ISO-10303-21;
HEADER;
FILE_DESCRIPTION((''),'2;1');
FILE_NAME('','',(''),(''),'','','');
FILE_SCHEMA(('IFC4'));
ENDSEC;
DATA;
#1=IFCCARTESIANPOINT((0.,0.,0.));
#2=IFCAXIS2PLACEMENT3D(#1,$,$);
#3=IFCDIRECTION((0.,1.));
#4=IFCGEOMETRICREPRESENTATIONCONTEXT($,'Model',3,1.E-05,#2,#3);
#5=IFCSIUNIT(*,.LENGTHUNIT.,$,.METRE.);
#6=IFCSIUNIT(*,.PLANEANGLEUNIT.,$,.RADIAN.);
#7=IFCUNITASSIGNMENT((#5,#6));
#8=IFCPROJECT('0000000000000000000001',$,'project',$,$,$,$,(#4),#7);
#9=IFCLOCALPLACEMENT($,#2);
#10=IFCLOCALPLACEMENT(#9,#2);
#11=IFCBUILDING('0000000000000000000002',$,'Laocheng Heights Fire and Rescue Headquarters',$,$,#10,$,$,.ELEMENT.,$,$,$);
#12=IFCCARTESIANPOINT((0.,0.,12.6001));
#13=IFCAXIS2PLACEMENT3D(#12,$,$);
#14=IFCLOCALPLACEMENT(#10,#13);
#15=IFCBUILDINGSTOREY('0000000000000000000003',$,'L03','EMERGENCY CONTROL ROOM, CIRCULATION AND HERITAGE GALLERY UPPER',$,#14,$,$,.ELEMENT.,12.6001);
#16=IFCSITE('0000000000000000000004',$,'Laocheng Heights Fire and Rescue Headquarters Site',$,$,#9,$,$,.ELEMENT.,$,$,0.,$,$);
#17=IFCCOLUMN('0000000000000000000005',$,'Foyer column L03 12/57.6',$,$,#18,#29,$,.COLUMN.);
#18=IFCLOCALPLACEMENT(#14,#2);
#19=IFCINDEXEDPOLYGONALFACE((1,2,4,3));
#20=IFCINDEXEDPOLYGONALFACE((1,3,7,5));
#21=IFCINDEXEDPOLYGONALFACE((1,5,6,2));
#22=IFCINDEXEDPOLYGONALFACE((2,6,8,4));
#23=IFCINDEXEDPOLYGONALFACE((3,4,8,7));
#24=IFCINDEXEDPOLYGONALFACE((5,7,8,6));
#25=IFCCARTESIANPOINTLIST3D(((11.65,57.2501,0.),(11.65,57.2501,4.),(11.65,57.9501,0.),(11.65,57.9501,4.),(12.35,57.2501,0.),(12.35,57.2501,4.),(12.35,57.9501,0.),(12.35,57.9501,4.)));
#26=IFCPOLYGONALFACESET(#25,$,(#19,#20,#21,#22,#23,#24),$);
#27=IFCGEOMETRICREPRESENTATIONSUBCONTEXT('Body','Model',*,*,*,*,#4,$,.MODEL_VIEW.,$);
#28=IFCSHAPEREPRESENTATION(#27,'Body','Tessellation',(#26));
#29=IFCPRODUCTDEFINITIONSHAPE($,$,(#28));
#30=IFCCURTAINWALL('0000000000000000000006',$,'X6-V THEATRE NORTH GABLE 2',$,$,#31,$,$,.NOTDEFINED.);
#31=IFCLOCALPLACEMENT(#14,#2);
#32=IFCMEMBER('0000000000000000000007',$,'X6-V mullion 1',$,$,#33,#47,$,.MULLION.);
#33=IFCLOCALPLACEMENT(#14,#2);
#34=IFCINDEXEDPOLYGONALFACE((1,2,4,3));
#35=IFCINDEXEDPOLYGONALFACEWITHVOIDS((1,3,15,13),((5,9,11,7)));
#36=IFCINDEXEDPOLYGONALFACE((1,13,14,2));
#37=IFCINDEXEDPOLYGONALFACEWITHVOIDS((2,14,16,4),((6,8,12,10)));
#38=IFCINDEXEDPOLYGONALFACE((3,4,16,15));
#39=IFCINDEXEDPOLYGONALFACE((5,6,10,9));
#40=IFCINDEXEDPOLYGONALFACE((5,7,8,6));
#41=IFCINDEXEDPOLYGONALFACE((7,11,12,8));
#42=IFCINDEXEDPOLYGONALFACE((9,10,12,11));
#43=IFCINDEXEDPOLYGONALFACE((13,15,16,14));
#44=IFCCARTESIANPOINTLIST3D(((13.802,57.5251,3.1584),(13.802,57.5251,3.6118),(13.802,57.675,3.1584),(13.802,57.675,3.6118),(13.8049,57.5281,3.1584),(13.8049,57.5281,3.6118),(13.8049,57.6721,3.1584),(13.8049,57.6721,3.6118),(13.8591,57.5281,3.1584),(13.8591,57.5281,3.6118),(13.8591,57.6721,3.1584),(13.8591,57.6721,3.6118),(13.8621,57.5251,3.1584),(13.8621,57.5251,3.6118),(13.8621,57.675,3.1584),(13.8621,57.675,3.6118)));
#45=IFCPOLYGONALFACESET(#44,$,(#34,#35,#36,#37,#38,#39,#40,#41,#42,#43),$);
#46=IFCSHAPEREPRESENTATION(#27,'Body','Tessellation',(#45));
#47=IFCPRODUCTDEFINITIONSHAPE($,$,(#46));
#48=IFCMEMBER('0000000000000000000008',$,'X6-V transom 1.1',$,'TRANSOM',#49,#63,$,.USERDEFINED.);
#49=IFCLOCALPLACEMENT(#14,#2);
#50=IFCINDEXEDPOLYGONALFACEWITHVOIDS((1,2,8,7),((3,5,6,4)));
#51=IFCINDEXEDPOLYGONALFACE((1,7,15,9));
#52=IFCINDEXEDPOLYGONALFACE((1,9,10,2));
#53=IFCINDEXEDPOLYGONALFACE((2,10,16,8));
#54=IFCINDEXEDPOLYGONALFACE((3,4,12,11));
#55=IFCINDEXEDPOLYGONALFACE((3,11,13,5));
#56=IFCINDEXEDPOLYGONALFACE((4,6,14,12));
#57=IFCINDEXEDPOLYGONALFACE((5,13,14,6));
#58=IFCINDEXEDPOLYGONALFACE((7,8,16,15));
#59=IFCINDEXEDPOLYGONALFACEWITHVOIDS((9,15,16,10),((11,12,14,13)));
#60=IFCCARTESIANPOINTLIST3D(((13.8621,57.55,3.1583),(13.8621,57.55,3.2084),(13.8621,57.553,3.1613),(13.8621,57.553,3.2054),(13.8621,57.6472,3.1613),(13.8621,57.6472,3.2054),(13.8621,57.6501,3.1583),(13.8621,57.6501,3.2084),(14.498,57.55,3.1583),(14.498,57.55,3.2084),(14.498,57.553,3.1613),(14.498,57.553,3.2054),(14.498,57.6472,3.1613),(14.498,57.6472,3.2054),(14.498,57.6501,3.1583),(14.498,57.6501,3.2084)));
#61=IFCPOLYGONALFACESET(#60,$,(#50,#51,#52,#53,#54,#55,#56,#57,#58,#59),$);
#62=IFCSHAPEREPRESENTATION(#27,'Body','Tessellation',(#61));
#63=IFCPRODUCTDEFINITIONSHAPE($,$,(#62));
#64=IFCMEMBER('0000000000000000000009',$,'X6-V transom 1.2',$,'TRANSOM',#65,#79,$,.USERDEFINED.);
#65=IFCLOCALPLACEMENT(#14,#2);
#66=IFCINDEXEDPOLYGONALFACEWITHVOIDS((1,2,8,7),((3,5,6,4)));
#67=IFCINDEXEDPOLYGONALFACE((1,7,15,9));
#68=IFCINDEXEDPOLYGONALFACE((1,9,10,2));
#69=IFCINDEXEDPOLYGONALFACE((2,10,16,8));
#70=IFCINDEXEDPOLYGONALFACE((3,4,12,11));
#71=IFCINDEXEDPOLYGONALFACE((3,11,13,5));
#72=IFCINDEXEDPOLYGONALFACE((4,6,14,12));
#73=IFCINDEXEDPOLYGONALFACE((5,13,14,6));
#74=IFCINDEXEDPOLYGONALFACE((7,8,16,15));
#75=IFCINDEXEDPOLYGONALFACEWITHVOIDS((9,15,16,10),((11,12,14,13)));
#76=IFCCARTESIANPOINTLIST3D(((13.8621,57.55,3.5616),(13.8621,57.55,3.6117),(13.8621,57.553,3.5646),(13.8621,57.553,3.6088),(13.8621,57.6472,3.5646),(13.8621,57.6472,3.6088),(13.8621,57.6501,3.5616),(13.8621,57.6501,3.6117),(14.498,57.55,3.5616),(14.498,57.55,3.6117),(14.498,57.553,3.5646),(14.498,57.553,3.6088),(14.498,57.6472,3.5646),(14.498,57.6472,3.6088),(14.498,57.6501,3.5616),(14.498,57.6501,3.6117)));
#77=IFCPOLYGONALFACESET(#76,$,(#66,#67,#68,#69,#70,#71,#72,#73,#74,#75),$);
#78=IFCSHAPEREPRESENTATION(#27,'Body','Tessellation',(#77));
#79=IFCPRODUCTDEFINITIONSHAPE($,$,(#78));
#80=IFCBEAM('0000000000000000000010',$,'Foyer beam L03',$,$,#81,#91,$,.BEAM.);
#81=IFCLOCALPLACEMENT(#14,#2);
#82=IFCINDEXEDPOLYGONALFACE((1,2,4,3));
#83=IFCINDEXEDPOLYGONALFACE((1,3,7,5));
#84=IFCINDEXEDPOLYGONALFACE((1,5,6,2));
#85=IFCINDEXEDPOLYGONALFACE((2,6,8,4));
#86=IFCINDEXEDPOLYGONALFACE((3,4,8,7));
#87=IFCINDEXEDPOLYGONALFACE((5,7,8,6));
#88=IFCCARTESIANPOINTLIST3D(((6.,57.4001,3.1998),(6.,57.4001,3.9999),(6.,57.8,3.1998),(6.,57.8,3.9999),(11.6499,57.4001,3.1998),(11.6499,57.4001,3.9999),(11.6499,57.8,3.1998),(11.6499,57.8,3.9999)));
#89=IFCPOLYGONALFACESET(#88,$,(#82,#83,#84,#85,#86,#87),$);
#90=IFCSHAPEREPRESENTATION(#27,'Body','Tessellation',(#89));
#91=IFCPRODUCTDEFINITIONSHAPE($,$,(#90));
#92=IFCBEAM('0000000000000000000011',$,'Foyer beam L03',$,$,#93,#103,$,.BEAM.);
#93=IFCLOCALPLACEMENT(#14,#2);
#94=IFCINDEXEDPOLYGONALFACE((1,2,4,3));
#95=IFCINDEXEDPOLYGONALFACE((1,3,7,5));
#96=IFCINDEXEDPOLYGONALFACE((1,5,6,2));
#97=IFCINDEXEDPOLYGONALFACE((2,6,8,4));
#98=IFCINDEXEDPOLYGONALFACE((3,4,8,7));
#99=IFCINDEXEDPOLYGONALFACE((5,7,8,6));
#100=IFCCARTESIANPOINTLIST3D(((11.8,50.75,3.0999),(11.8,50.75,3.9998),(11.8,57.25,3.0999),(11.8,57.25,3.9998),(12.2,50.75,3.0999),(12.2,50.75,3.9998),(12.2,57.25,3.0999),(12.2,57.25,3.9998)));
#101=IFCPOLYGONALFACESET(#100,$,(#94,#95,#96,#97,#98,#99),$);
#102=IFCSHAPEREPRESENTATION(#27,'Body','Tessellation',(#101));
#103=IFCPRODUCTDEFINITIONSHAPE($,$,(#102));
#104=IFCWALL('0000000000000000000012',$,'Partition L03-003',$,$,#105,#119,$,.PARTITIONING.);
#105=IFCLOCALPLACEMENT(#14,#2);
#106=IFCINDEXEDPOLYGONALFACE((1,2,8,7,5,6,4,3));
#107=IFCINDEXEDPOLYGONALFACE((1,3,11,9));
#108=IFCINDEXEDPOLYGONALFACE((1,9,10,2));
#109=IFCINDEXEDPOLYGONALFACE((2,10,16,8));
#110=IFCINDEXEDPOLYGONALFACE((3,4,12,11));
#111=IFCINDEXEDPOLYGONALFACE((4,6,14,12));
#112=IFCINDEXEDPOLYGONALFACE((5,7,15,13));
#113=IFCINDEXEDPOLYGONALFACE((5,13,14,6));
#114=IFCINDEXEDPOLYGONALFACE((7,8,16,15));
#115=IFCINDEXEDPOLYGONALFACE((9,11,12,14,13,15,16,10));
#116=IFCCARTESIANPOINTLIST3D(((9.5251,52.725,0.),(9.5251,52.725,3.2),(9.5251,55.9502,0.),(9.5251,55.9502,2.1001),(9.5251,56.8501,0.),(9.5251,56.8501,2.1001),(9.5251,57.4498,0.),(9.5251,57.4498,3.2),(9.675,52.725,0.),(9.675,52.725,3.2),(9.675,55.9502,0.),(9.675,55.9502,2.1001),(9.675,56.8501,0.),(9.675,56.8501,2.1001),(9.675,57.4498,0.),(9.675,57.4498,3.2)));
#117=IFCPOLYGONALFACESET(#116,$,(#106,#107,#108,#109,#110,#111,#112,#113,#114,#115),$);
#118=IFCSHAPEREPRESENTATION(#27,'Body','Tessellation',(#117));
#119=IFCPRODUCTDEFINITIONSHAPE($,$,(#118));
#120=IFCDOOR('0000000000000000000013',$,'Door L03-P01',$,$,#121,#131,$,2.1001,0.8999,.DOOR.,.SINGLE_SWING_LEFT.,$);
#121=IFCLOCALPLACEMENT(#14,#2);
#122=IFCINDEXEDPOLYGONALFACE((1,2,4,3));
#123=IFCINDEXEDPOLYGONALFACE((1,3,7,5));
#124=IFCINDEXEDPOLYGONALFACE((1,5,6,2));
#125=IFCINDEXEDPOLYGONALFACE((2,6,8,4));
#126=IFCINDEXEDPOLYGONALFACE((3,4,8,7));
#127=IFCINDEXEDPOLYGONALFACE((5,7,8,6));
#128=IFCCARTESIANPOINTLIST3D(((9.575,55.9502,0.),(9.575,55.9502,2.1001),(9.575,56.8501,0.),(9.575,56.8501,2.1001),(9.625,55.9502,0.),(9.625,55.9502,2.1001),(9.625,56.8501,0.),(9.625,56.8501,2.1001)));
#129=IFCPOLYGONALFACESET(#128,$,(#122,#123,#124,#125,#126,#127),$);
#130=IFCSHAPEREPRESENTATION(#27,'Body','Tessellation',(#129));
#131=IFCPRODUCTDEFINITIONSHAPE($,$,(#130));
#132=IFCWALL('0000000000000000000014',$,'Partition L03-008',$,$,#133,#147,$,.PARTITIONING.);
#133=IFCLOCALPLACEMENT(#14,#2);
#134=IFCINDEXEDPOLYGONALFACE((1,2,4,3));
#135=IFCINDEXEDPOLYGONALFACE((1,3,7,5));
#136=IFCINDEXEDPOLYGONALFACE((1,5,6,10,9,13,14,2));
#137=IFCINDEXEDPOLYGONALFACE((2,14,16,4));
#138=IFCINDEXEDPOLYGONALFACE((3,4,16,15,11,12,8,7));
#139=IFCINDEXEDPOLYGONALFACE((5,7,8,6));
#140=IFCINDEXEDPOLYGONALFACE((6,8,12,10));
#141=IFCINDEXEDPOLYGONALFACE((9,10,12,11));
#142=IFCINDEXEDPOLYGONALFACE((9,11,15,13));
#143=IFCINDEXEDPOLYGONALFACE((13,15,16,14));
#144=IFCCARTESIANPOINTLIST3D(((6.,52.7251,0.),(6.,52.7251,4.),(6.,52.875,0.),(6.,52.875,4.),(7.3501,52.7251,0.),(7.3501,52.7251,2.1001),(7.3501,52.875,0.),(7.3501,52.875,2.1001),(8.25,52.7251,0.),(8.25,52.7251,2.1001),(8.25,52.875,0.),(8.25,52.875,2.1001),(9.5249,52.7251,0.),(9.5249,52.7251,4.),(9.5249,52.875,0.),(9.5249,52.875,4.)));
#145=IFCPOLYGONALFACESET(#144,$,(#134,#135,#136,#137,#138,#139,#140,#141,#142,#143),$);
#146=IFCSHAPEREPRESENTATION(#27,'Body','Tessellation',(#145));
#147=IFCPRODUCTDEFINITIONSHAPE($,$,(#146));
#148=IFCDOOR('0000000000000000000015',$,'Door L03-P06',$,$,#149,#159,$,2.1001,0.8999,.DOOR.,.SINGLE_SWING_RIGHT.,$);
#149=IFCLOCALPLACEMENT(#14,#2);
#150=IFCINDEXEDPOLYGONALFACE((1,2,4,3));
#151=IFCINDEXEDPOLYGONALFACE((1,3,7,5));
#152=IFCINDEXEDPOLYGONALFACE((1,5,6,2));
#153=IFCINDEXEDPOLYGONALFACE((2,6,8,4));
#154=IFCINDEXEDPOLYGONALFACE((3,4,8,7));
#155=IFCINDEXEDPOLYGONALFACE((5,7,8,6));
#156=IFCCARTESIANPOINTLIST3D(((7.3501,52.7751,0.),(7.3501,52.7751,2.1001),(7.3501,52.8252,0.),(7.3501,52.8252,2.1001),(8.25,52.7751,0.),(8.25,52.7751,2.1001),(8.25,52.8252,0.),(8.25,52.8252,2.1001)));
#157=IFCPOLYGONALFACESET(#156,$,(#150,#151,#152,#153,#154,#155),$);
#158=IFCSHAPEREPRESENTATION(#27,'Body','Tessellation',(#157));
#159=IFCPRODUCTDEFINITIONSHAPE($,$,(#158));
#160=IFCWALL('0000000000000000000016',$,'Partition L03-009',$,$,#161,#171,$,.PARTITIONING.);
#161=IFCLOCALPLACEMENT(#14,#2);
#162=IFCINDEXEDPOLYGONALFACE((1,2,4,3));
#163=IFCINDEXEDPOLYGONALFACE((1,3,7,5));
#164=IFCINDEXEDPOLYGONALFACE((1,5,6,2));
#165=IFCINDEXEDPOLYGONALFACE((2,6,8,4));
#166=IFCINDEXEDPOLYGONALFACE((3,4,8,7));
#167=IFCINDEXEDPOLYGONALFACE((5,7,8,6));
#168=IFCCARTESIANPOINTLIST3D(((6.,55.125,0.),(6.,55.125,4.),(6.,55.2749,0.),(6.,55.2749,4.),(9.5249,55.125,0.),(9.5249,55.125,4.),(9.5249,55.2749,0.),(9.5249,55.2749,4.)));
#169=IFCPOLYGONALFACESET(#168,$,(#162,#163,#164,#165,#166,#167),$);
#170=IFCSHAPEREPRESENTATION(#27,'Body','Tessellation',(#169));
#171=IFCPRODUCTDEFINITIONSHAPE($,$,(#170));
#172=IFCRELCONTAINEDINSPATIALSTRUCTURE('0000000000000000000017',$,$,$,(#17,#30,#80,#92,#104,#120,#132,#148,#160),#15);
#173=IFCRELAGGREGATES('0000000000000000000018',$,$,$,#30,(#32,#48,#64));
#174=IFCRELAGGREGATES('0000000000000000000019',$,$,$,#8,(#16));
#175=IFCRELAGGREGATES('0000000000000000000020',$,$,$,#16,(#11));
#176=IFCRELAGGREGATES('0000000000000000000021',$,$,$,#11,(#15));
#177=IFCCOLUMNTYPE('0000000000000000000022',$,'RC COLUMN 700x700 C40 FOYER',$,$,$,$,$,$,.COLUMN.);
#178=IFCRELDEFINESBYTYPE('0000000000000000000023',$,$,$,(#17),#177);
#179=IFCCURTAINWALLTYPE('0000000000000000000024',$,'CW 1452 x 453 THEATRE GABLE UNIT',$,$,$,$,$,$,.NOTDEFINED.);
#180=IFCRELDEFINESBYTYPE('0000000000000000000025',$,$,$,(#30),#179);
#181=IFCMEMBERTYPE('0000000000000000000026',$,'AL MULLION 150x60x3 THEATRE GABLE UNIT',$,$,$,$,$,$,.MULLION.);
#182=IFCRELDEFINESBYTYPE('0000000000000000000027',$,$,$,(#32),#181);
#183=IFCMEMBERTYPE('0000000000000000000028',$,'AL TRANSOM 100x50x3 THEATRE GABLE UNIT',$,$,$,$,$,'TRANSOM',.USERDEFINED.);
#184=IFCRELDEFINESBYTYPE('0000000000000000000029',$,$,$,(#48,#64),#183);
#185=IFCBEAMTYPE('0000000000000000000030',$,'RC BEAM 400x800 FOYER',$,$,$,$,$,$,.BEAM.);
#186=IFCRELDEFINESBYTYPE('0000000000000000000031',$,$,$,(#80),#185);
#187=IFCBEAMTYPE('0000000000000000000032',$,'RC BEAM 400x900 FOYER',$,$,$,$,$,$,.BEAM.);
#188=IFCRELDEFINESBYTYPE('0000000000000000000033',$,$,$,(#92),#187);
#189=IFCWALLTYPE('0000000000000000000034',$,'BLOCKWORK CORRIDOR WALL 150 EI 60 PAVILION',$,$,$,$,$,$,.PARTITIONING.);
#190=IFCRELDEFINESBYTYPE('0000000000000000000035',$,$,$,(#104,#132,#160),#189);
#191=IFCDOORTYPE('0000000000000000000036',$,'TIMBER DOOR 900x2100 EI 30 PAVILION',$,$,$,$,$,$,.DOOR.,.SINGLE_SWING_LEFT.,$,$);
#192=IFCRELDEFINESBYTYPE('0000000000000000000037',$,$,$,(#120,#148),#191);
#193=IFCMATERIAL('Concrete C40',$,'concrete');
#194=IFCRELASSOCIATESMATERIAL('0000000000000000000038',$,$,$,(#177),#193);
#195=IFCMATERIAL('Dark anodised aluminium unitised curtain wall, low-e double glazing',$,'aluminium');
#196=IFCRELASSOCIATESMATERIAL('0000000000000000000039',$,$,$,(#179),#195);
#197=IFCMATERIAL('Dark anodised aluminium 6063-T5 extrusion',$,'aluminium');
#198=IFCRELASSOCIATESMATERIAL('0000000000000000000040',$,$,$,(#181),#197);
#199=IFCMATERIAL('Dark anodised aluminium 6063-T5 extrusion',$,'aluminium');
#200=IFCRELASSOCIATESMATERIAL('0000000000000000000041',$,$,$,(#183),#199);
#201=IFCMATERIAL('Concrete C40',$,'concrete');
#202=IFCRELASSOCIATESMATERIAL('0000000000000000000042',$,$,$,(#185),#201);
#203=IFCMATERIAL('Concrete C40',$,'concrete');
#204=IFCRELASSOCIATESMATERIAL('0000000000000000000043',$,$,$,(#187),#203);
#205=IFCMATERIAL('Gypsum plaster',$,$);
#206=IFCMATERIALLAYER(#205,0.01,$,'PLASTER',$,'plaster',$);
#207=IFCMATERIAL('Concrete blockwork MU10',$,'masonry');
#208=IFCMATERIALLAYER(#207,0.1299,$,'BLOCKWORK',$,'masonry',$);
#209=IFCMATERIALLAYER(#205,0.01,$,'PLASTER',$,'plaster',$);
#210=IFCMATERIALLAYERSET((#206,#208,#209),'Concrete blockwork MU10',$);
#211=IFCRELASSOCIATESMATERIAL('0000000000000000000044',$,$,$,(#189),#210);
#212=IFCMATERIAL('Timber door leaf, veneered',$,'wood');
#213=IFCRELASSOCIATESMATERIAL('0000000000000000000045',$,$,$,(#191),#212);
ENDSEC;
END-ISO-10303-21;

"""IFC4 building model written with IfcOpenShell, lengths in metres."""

from ifc_helpers import new_model, si_unit, direction, frame, frame_2d, origin, origin_2d, place, context, subcontext, project, spatial, rectangle, hollow_rectangle, extrude, material, layer, layer_set, material_profile, profile_set, type_object, element, fill, aggregate, save


model = new_model("IFC4")

# Units and contexts
model_context = context("Model", 3, precision=1e-05, world=origin(), true_north=direction((0.0, 1.0)))
body_context = subcontext(model_context, "Body", "Model", "MODEL_VIEW")
ifc_project = project(units=[si_unit("LENGTHUNIT", "METRE"), si_unit("PLANEANGLEUNIT", "RADIAN")], contexts=[model_context])

# Site, building, storey
site_placement = place(None, origin())
site = spatial("IfcSite", under=ifc_project, at=site_placement, Name="Laocheng Heights Fire and Rescue Headquarters Site", CompositionType="ELEMENT", RefElevation=0.0)
building_placement = place(site_placement, origin())
building = spatial("IfcBuilding", under=site, at=building_placement, Name="Laocheng Heights Fire and Rescue Headquarters", CompositionType="ELEMENT")
storey_placement = place(building_placement, frame((0.0, 0.0, 12.6001)))
storey = spatial("IfcBuildingStorey", under=building, at=storey_placement, Name="L03", Description="EMERGENCY CONTROL ROOM, CIRCULATION AND HERITAGE GALLERY UPPER", CompositionType="ELEMENT", Elevation=12.6001)

# Column
ifc_material_1 = material(Name="Concrete C40", Category="concrete")
ifc_material_profile_1 = material_profile(ifc_material_1, rectangle(XDim=0.7, YDim=0.7, at=origin_2d()), Name="RC COLUMN 700x700 C40 FOYER")
ifc_profile_set_1 = profile_set([ifc_material_profile_1], Name="Concrete C40")
column_type = type_object("IfcColumnType", Name="RC COLUMN 700x700 C40 FOYER", PredefinedType="COLUMN", material=ifc_profile_set_1)
column_placement = place(storey_placement, frame((12.0, 57.6001, 0.0), z_axis=(0.0, 0.0, 1.0), x_axis=(1.0, 0.0, 0.0)))
element("IfcColumn", 1, at=column_placement, inside=storey, type_object=column_type, Name="Foyer column L03 12/57.6", PredefinedType="COLUMN", context=body_context, shape_type="SweptSolid", body=[
    extrude(rectangle(XDim=0.7, YDim=0.7, at=origin_2d()), origin(), (0.0, 0.0, 1.0), 4.0),
])

# Curtain wall, members
ifc_material_2 = material(Name="Dark anodised aluminium unitised curtain wall, low-e double glazing", Category="aluminium")
curtain_wall_type = type_object("IfcCurtainWallType", Name="CW 1452 x 453 THEATRE GABLE UNIT", PredefinedType="NOTDEFINED", material=ifc_material_2)
curtain_wall_placement = place(storey_placement, origin())
curtain_wall = element("IfcCurtainWall", 2, at=curtain_wall_placement, inside=storey, type_object=curtain_wall_type, Name="X6-V THEATRE NORTH GABLE 2", PredefinedType="NOTDEFINED")
ifc_material_3 = material(Name="Dark anodised aluminium 6063-T5 extrusion", Category="aluminium")
ifc_material_profile_2 = material_profile(ifc_material_3, hollow_rectangle(XDim=0.1499, YDim=0.0601, WallThickness=0.0029, at=origin_2d()), Name="AL MULLION 150x60x3 THEATRE GABLE UNIT")
ifc_profile_set_2 = profile_set([ifc_material_profile_2], Name="Dark anodised aluminium 6063-T5 extrusion")
member_type_1 = type_object("IfcMemberType", Name="AL MULLION 150x60x3 THEATRE GABLE UNIT", PredefinedType="MULLION", material=ifc_profile_set_2)
member_1_placement = place(storey_placement, frame((13.832, 57.6001, 3.1584), z_axis=(0.0, 0.0, 1.0), x_axis=(0.0, 1.0, 0.0)))
member_1 = element("IfcMember", 3, at=member_1_placement, type_object=member_type_1, Name="X6-V mullion 1", PredefinedType="MULLION", context=body_context, shape_type="SweptSolid", body=[
    extrude(hollow_rectangle(XDim=0.1499, YDim=0.0601, WallThickness=0.0029, at=origin_2d()), origin(), (0.0, 0.0, 1.0), 0.4534),
])
ifc_material_4 = material(Name="Dark anodised aluminium 6063-T5 extrusion", Category="aluminium")
ifc_material_profile_3 = material_profile(ifc_material_4, hollow_rectangle(XDim=0.1001, YDim=0.05, WallThickness=0.0029, at=origin_2d()), Name="AL TRANSOM 100x50x3 THEATRE GABLE UNIT")
ifc_profile_set_3 = profile_set([ifc_material_profile_3], Name="Dark anodised aluminium 6063-T5 extrusion")
member_type_2 = type_object("IfcMemberType", Name="AL TRANSOM 100x50x3 THEATRE GABLE UNIT", ElementType="TRANSOM", PredefinedType="USERDEFINED", material=ifc_profile_set_3)
member_2_placement = place(storey_placement, frame((13.8621, 57.6001, 3.1833), z_axis=(1.0, 0.0, 0.0), x_axis=(0.0, 1.0, 0.0)))
member_2 = element("IfcMember", 4, at=member_2_placement, type_object=member_type_2, Name="X6-V transom 1.1", ObjectType="TRANSOM", PredefinedType="USERDEFINED", context=body_context, shape_type="SweptSolid", body=[
    extrude(hollow_rectangle(XDim=0.1001, YDim=0.05, WallThickness=0.0029, at=origin_2d()), origin(), (0.0, 0.0, 1.0), 0.636),
])
member_3_placement = place(storey_placement, frame((13.8621, 57.6001, 3.5867), z_axis=(1.0, 0.0, 0.0), x_axis=(0.0, 1.0, 0.0)))
member_3 = element("IfcMember", 5, at=member_3_placement, type_object=member_type_2, Name="X6-V transom 1.2", ObjectType="TRANSOM", PredefinedType="USERDEFINED", context=body_context, shape_type="SweptSolid", body=[
    extrude(hollow_rectangle(XDim=0.1001, YDim=0.05, WallThickness=0.0029, at=origin_2d()), origin(), (0.0, 0.0, 1.0), 0.636),
])
aggregate(curtain_wall, [member_1, member_2, member_3])

# Beams
ifc_material_5 = material(Name="Concrete C40", Category="concrete")
ifc_material_profile_4 = material_profile(ifc_material_5, rectangle(XDim=0.3999, YDim=0.8, at=origin_2d()), Name="RC BEAM 400x800 FOYER")
ifc_profile_set_4 = profile_set([ifc_material_profile_4], Name="Concrete C40")
beam_type_1 = type_object("IfcBeamType", Name="RC BEAM 400x800 FOYER", PredefinedType="BEAM", material=ifc_profile_set_4)
beam_1_placement = place(storey_placement, frame((6.0, 57.6001, 3.5999), z_axis=(1.0, 0.0, 0.0), x_axis=(0.0, 1.0, 0.0)))
element("IfcBeam", 6, at=beam_1_placement, inside=storey, type_object=beam_type_1, Name="Foyer beam L03", PredefinedType="BEAM", context=body_context, shape_type="SweptSolid", body=[
    extrude(rectangle(XDim=0.3999, YDim=0.8, at=origin_2d()), origin(), (0.0, 0.0, 1.0), 5.6499),
])
ifc_material_6 = material(Name="Concrete C40", Category="concrete")
ifc_material_profile_5 = material_profile(ifc_material_6, rectangle(XDim=0.3999, YDim=0.8999, at=origin_2d()), Name="RC BEAM 400x900 FOYER")
ifc_profile_set_5 = profile_set([ifc_material_profile_5], Name="Concrete C40")
beam_type_2 = type_object("IfcBeamType", Name="RC BEAM 400x900 FOYER", PredefinedType="BEAM", material=ifc_profile_set_5)
beam_2_placement = place(storey_placement, frame((12.0, 50.75, 3.5498), z_axis=(0.0, 1.0, 0.0), x_axis=(-1.0, 0.0, 0.0)))
element("IfcBeam", 7, at=beam_2_placement, inside=storey, type_object=beam_type_2, Name="Foyer beam L03", PredefinedType="BEAM", context=body_context, shape_type="SweptSolid", body=[
    extrude(rectangle(XDim=0.3999, YDim=0.8999, at=origin_2d()), origin(), (0.0, 0.0, 1.0), 6.5),
])

# Walls, openings, doors
ifc_material_7 = material(Name="Gypsum plaster")
ifc_layer_1 = layer(ifc_material_7, 0.01, Name="PLASTER", Category="plaster")
ifc_material_8 = material(Name="Concrete blockwork MU10", Category="masonry")
ifc_layer_2 = layer(ifc_material_8, 0.1299, Name="BLOCKWORK", Category="masonry")
ifc_layer_3 = layer(ifc_material_7, 0.01, Name="PLASTER", Category="plaster")
ifc_layer_set_1 = layer_set([ifc_layer_1, ifc_layer_2, ifc_layer_3], Name="Concrete blockwork MU10")
wall_type_1 = type_object("IfcWallType", Name="BLOCKWORK CORRIDOR WALL 150 EI 60 PAVILION", PredefinedType="PARTITIONING", material=ifc_layer_set_1)
wall_1_placement = place(storey_placement, frame((9.6001, 52.7251, 0.0), z_axis=(0.0, 0.0, 1.0), x_axis=(0.0, 1.0, 0.0)))
wall_1 = element("IfcWall", 8, at=wall_1_placement, inside=storey, type_object=wall_type_1, Name="Partition L03-003", PredefinedType="PARTITIONING", context=body_context, shape_type="SweptSolid", body=[
    extrude(rectangle(XDim=4.7249, YDim=0.1499, at=frame_2d((2.3623, 0.0))), origin(), (0.0, 0.0, 1.0), 3.2),
])
opening_1_placement = place(wall_1_placement, frame((3.2251, 0.0, 0.0)))
opening_1 = element("IfcOpeningElement", 9, at=opening_1_placement, cuts=wall_1, PredefinedType="OPENING", context=body_context, shape_type="SweptSolid", body=[
    extrude(rectangle(XDim=0.8999, YDim=2.1001, at=frame_2d((0.45, 1.05))), frame((0.0, 0.085, 0.0), z_axis=(0.0, -1.0, 0.0), x_axis=(1.0, 0.0, 0.0)), (0.0, 0.0, 1.0), 0.1699),
])
ifc_material_9 = material(Name="Timber door leaf, veneered", Category="wood")
door_type_1 = type_object("IfcDoorType", Name="TIMBER DOOR 900x2100 EI 30 PAVILION", OperationType="SINGLE_SWING_LEFT", PredefinedType="DOOR", material=ifc_material_9)
door_1_placement = place(opening_1_placement, frame((0.8999, 0.0, 0.0), z_axis=(0.0, 0.0, 1.0), x_axis=(-1.0, 0.0, 0.0)))
door_1 = element("IfcDoor", 10, at=door_1_placement, inside=storey, type_object=door_type_1, Name="Door L03-P01", OperationType="SINGLE_SWING_LEFT", OverallHeight=2.1001, OverallWidth=0.8999, PredefinedType="DOOR", context=body_context, shape_type="SweptSolid", body=[
    extrude(rectangle(XDim=0.8999, YDim=2.1001, at=frame_2d((0.45, 1.05))), frame((0.0, 0.0249, 0.0), z_axis=(0.0, -1.0, 0.0), x_axis=(1.0, 0.0, 0.0)), (0.0, 0.0, 1.0), 0.05),
])
fill(opening_1, door_1)
wall_2_placement = place(storey_placement, frame((6.0, 52.8, 0.0), z_axis=(0.0, 0.0, 1.0), x_axis=(1.0, 0.0, 0.0)))
wall_2 = element("IfcWall", 11, at=wall_2_placement, inside=storey, type_object=wall_type_1, Name="Partition L03-008", PredefinedType="PARTITIONING", context=body_context, shape_type="SweptSolid", body=[
    extrude(rectangle(XDim=3.5249, YDim=0.1499, at=frame_2d((1.7625, 0.0))), origin(), (0.0, 0.0, 1.0), 4.0),
])
opening_2_placement = place(wall_2_placement, frame((1.3501, 0.0, 0.0)))
opening_2 = element("IfcOpeningElement", 12, at=opening_2_placement, cuts=wall_2, PredefinedType="OPENING", context=body_context, shape_type="SweptSolid", body=[
    extrude(rectangle(XDim=0.8999, YDim=2.1001, at=frame_2d((0.45, 1.05))), frame((0.0, 0.085, 0.0), z_axis=(0.0, -1.0, 0.0), x_axis=(1.0, 0.0, 0.0)), (0.0, 0.0, 1.0), 0.1699),
])
door_2_placement = place(opening_2_placement, frame((0.8999, 0.0, 0.0), z_axis=(0.0, 0.0, 1.0), x_axis=(-1.0, 0.0, 0.0)))
door_2 = element("IfcDoor", 13, at=door_2_placement, inside=storey, type_object=door_type_1, Name="Door L03-P06", OperationType="SINGLE_SWING_RIGHT", OverallHeight=2.1001, OverallWidth=0.8999, PredefinedType="DOOR", context=body_context, shape_type="SweptSolid", body=[
    extrude(rectangle(XDim=0.8999, YDim=2.1001, at=frame_2d((0.45, 1.05))), frame((0.0, 0.0249, 0.0), z_axis=(0.0, -1.0, 0.0), x_axis=(1.0, 0.0, 0.0)), (0.0, 0.0, 1.0), 0.05),
])
fill(opening_2, door_2)

# Wall
wall_3_placement = place(storey_placement, frame((6.0, 55.2, 0.0), z_axis=(0.0, 0.0, 1.0), x_axis=(1.0, 0.0, 0.0)))
element("IfcWall", 14, at=wall_3_placement, inside=storey, type_object=wall_type_1, Name="Partition L03-009", PredefinedType="PARTITIONING", context=body_context, shape_type="SweptSolid", body=[
    extrude(rectangle(XDim=3.5249, YDim=0.1499, at=frame_2d((1.7625, 0.0))), origin(), (0.0, 0.0, 1.0), 4.0),
])

save(model, "model.ifc")
